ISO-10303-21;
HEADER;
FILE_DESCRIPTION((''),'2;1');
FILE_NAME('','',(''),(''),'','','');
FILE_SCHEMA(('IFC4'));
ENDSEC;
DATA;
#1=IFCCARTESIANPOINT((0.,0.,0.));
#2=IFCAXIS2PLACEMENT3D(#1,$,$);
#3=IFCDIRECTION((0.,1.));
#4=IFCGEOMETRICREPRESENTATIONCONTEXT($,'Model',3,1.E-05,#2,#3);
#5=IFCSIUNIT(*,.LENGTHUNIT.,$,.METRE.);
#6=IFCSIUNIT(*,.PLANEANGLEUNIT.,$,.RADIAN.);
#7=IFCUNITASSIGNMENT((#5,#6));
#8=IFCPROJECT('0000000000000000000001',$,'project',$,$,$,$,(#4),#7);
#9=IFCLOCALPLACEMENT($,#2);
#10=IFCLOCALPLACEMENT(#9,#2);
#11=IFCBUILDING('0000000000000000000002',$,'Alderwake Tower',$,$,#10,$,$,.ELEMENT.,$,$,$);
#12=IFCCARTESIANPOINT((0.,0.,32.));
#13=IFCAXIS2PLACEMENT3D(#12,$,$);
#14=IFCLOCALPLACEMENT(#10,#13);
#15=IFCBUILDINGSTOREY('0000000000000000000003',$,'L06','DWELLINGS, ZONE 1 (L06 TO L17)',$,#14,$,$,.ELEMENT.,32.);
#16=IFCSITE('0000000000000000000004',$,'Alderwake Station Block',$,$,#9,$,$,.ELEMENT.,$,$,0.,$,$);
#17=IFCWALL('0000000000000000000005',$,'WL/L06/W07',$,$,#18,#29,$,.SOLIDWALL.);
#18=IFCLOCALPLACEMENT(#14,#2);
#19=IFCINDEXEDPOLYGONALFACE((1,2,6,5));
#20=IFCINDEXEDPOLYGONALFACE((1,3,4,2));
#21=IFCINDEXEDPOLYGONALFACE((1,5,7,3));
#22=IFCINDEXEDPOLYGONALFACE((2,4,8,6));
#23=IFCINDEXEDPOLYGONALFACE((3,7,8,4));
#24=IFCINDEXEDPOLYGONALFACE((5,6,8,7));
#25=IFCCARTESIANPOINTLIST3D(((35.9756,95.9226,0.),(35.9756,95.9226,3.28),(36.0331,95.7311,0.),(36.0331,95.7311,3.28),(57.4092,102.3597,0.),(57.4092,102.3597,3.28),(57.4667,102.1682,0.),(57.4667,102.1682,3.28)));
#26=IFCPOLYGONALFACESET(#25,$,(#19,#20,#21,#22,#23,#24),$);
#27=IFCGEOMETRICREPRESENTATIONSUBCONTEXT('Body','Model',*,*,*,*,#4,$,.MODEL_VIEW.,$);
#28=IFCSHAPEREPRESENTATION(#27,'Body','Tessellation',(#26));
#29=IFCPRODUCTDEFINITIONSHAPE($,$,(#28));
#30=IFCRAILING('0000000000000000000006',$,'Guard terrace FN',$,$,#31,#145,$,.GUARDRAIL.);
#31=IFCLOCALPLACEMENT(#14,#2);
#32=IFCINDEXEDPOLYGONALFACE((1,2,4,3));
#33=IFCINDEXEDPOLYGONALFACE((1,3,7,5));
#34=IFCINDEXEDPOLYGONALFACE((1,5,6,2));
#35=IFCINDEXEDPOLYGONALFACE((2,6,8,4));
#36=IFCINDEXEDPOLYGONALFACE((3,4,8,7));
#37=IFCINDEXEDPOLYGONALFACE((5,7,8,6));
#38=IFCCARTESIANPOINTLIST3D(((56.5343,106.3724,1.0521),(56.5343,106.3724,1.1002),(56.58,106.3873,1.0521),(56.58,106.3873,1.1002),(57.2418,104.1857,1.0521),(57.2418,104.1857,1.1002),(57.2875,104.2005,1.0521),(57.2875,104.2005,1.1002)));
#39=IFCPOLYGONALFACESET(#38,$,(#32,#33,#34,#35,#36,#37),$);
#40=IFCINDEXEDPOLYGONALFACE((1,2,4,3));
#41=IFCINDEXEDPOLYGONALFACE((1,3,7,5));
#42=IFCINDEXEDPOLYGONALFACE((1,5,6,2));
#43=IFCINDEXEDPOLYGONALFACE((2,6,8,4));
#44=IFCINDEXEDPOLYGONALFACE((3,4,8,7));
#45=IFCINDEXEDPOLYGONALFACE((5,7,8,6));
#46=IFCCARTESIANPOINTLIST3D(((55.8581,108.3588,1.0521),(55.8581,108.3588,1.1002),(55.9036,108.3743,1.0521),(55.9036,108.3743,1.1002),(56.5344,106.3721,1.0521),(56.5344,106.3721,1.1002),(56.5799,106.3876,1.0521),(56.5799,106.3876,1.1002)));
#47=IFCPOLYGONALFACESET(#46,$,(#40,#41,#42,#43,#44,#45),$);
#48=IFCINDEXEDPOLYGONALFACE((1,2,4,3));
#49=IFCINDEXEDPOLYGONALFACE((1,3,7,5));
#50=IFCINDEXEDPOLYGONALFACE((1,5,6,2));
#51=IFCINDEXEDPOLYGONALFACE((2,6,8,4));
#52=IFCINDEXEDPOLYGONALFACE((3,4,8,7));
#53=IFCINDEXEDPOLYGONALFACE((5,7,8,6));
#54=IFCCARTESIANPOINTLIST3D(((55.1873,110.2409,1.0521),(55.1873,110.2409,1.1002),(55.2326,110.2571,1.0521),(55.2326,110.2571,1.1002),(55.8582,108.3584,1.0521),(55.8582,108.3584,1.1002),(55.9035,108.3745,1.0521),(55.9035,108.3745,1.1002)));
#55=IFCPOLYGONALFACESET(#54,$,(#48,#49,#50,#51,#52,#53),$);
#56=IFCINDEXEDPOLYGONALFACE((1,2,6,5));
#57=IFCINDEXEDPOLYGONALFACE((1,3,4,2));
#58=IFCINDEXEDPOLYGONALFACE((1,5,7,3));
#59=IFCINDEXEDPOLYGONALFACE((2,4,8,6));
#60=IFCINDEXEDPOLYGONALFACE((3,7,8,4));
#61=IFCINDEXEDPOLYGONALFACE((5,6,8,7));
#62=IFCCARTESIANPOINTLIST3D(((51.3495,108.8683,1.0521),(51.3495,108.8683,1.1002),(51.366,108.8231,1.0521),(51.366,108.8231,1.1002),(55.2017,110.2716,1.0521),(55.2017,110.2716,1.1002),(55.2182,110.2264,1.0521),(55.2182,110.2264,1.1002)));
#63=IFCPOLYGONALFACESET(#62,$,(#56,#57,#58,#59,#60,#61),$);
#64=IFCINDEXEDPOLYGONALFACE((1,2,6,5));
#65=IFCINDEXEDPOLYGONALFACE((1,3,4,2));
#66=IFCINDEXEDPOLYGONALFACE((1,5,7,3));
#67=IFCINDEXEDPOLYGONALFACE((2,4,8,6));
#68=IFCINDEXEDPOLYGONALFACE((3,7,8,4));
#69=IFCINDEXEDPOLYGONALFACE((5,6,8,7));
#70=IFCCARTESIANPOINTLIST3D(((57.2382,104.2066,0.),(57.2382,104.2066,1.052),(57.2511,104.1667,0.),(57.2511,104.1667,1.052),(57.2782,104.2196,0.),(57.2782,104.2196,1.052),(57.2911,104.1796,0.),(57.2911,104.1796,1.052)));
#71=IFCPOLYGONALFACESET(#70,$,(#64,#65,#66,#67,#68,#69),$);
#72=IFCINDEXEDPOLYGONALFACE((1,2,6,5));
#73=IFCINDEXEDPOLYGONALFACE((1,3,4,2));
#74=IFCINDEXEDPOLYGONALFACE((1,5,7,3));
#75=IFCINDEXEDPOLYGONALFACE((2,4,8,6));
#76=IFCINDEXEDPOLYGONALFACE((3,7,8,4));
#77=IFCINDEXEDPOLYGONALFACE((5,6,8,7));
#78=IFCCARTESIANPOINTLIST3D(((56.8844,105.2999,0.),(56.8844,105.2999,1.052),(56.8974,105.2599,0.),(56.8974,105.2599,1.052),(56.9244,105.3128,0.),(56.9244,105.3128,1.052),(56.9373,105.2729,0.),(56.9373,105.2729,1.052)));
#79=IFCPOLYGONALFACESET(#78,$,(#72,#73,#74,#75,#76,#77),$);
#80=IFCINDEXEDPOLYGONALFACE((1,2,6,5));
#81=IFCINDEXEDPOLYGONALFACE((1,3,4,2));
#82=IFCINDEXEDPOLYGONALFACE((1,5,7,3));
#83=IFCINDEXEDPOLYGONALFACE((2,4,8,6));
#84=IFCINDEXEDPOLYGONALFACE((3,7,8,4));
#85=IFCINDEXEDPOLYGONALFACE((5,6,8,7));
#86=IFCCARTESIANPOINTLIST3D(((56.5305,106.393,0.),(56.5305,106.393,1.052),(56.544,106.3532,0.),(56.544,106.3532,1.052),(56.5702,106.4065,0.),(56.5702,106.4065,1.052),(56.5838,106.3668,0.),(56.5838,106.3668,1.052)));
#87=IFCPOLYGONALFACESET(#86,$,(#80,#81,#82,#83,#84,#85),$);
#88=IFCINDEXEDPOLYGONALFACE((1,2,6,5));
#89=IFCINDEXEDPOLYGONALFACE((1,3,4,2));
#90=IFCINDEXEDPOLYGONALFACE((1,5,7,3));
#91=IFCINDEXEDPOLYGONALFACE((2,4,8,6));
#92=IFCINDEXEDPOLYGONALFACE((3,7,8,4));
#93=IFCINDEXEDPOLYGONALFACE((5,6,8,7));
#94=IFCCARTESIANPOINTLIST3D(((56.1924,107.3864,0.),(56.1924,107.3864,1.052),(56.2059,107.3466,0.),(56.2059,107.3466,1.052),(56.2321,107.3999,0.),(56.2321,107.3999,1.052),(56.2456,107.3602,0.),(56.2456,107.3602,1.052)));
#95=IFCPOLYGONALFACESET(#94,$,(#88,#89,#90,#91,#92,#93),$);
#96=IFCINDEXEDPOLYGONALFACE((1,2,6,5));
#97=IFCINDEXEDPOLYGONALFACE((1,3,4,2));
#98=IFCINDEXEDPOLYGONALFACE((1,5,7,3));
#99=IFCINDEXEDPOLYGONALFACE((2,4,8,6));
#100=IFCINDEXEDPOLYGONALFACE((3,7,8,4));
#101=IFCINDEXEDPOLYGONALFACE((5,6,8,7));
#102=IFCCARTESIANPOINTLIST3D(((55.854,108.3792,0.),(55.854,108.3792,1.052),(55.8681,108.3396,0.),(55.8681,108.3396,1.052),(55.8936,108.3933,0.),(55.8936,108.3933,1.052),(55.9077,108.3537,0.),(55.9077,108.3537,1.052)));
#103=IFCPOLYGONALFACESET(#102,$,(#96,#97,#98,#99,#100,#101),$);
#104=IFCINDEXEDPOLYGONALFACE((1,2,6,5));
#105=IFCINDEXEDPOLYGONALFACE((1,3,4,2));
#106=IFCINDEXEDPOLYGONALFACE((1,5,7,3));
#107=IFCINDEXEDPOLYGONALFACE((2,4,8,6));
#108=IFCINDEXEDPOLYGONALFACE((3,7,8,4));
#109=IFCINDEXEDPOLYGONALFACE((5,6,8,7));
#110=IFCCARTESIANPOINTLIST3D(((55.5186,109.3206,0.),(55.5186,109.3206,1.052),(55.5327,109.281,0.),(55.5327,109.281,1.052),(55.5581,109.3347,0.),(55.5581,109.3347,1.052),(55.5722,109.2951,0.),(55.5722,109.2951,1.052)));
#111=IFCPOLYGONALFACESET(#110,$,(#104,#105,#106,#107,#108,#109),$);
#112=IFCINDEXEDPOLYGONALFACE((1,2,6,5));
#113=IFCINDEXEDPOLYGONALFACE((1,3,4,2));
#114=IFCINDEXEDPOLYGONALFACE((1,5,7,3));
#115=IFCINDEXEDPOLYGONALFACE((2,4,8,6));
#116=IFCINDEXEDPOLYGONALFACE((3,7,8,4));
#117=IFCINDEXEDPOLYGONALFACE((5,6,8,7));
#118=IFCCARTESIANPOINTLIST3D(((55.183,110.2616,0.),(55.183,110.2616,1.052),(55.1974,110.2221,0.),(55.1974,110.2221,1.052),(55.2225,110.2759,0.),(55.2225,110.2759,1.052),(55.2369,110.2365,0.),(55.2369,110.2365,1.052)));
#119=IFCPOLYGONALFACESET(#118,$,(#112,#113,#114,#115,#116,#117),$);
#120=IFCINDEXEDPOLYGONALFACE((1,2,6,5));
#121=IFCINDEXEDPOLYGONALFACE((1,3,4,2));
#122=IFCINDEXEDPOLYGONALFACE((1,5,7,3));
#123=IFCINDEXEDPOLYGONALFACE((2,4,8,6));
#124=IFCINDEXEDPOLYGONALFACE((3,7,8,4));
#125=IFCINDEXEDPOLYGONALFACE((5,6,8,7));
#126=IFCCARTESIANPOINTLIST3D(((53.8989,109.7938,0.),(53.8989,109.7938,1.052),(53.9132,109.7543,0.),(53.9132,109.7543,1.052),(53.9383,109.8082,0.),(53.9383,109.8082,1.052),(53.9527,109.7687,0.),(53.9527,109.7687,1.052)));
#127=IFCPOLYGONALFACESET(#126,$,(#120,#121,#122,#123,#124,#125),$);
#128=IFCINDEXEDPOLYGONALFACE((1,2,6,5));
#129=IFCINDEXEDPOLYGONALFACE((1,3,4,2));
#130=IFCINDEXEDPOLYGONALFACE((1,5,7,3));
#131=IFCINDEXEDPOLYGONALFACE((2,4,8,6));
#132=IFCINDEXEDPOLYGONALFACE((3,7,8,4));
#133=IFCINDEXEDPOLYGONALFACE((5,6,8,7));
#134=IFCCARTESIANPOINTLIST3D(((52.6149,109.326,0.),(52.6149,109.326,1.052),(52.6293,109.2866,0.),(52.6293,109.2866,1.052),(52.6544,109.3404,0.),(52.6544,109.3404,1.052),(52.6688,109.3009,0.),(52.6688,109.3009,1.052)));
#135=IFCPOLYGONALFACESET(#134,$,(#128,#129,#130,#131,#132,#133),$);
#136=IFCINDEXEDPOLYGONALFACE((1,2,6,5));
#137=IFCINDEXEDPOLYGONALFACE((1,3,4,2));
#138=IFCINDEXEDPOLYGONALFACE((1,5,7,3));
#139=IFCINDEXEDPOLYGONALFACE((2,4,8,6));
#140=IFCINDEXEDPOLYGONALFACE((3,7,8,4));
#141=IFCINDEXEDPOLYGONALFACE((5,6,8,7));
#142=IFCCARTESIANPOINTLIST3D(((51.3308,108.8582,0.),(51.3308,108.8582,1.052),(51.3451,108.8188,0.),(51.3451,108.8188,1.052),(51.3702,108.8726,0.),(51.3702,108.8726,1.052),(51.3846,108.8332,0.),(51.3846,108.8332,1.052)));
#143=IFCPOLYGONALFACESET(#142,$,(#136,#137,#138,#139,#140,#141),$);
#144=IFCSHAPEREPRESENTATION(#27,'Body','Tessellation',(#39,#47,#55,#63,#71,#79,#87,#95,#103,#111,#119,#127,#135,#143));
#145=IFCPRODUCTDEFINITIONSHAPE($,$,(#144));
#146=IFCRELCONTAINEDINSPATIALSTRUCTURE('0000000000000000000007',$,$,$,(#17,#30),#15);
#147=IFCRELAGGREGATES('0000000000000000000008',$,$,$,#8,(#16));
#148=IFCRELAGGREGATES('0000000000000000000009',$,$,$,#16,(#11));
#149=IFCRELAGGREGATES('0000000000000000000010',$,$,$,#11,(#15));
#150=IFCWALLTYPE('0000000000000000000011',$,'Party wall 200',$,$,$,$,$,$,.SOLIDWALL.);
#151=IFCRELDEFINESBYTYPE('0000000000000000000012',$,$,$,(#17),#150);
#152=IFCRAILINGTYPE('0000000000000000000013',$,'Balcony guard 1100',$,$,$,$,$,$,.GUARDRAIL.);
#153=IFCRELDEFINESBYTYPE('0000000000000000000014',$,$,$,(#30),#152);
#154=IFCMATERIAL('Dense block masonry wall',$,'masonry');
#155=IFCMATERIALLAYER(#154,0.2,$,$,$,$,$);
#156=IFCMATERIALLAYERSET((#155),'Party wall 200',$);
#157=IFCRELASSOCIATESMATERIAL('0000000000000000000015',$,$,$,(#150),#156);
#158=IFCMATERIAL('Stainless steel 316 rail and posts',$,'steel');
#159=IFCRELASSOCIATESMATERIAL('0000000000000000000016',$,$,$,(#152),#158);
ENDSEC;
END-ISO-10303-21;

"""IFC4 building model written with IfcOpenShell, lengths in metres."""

from ifc_helpers import new_model, si_unit, direction, frame, frame_2d, origin, origin_2d, place, context, subcontext, project, spatial, rectangle, extrude, material, layer, layer_set, type_object, element, save


model = new_model("IFC4")

# Units and contexts
model_context = context("Model", 3, precision=1e-05, world=origin(), true_north=direction((0.0, 1.0)))
body_context = subcontext(model_context, "Body", "Model", "MODEL_VIEW")
ifc_project = project(units=[si_unit("LENGTHUNIT", "METRE"), si_unit("PLANEANGLEUNIT", "RADIAN")], contexts=[model_context])

# Site, building, storey
site_placement = place(None, origin())
site = spatial("IfcSite", under=ifc_project, at=site_placement, Name="Alderwake Station Block", CompositionType="ELEMENT", RefElevation=0.0)
building_placement = place(site_placement, origin())
building = spatial("IfcBuilding", under=site, at=building_placement, Name="Alderwake Tower", CompositionType="ELEMENT")
storey_placement = place(building_placement, frame((0.0, 0.0, 32.0)))
storey = spatial("IfcBuildingStorey", under=building, at=storey_placement, Name="L06", Description="DWELLINGS, ZONE 1 (L06 TO L17)", CompositionType="ELEMENT", Elevation=32.0)

# Wall
ifc_material_1 = material(Name="Dense block masonry wall", Category="masonry")
ifc_layer_1 = layer(ifc_material_1, 0.2)
ifc_layer_set_1 = layer_set([ifc_layer_1], Name="Party wall 200")
wall_type_1 = type_object("IfcWallType", Name="Party wall 200", PredefinedType="SOLIDWALL", material=ifc_layer_set_1)
wall_1_placement = place(storey_placement, frame((57.438, 102.2639, 0.0), z_axis=(0.0, 0.0, 1.0), x_axis=(-0.957741, -0.287632, 0.0)))
element("IfcWall", 1, at=wall_1_placement, inside=storey, type_object=wall_type_1, Name="WL/L06/W07", PredefinedType="SOLIDWALL", context=body_context, shape_type="SweptSolid", body=[
    extrude(rectangle(XDim=22.3794, YDim=0.2, at=frame_2d((11.1897, 0.0))), origin(), (0.0, 0.0, 1.0), 3.28),
])

# Railing
ifc_material_2 = material(Name="Stainless steel 316 rail and posts", Category="steel")
railing_type = type_object("IfcRailingType", Name="Balcony guard 1100", PredefinedType="GUARDRAIL", material=ifc_material_2)
railing_placement = place(storey_placement, frame((57.2646, 104.1931, 0.0)))
element("IfcRailing", 2, at=railing_placement, inside=storey, type_object=railing_type, Name="Guard terrace FN", PredefinedType="GUARDRAIL", context=body_context, shape_type="SweptSolid", body=[
    extrude(rectangle(XDim=0.0481, YDim=0.0481, at=origin_2d()), frame((0.0, 0.0, 1.0762), z_axis=(-0.307834, 0.95144, 0.0), x_axis=(-0.95144, -0.307834, 0.0)), (0.0, 0.0, 1.0), 2.2983),
    extrude(rectangle(XDim=0.0481, YDim=0.0481, at=origin_2d()), frame((-0.7075, 2.1868, 1.0762), z_axis=(-0.322259, 0.946651, 0.0), x_axis=(-0.946651, -0.322259, 0.0)), (0.0, 0.0, 1.0), 2.0986),
    extrude(rectangle(XDim=0.0481, YDim=0.0481, at=origin_2d()), frame((-1.3838, 4.1733, 1.0762), z_axis=(-0.335694, 0.941971, 0.0), x_axis=(-0.941971, -0.335694, 0.0)), (0.0, 0.0, 1.0), 1.9985),
    extrude(rectangle(XDim=0.0481, YDim=0.0481, at=origin_2d()), frame((-2.0547, 6.0559, 1.0762), z_axis=(-0.939599, -0.342278, 0.0), x_axis=(0.342278, -0.939599, 0.0)), (0.0, 0.0, 1.0), 4.0999),
    extrude(rectangle(XDim=0.042, YDim=0.042, at=origin_2d()), frame((0.0, 0.0, 0.0), z_axis=(0.0, 0.0, 1.0), x_axis=(-0.307834, 0.95144, 0.0)), (0.0, 0.0, 1.0), 1.052),
    extrude(rectangle(XDim=0.042, YDim=0.042, at=origin_2d()), frame((-0.3538, 1.0933, 0.0), z_axis=(0.0, 0.0, 1.0), x_axis=(-0.307834, 0.95144, 0.0)), (0.0, 0.0, 1.0), 1.052),
    extrude(rectangle(XDim=0.042, YDim=0.042, at=origin_2d()), frame((-0.7075, 2.1868, 0.0), z_axis=(0.0, 0.0, 1.0), x_axis=(-0.322259, 0.946651, 0.0)), (0.0, 0.0, 1.0), 1.052),
    extrude(rectangle(XDim=0.042, YDim=0.042, at=origin_2d()), frame((-1.0457, 3.1802, 0.0), z_axis=(0.0, 0.0, 1.0), x_axis=(-0.322259, 0.946651, 0.0)), (0.0, 0.0, 1.0), 1.052),
    extrude(rectangle(XDim=0.042, YDim=0.042, at=origin_2d()), frame((-1.3838, 4.1733, 0.0), z_axis=(0.0, 0.0, 1.0), x_axis=(-0.335694, 0.941971, 0.0)), (0.0, 0.0, 1.0), 1.052),
    extrude(rectangle(XDim=0.042, YDim=0.042, at=origin_2d()), frame((-1.7192, 5.1147, 0.0), z_axis=(0.0, 0.0, 1.0), x_axis=(-0.335694, 0.941971, 0.0)), (0.0, 0.0, 1.0), 1.052),
    extrude(rectangle(XDim=0.042, YDim=0.042, at=origin_2d()), frame((-2.0547, 6.0559, 0.0), z_axis=(0.0, 0.0, 1.0), x_axis=(-0.939599, -0.342278, 0.0)), (0.0, 0.0, 1.0), 1.052),
    extrude(rectangle(XDim=0.042, YDim=0.042, at=origin_2d()), frame((-3.3389, 5.5881, 0.0), z_axis=(0.0, 0.0, 1.0), x_axis=(-0.939599, -0.342278, 0.0)), (0.0, 0.0, 1.0), 1.052),
    extrude(rectangle(XDim=0.042, YDim=0.042, at=origin_2d()), frame((-4.6228, 5.1204, 0.0), z_axis=(0.0, 0.0, 1.0), x_axis=(-0.939599, -0.342278, 0.0)), (0.0, 0.0, 1.0), 1.052),
    extrude(rectangle(XDim=0.042, YDim=0.042, at=origin_2d()), frame((-5.907, 4.6526, 0.0), z_axis=(0.0, 0.0, 1.0), x_axis=(-0.939599, -0.342278, 0.0)), (0.0, 0.0, 1.0), 1.052),
])

save(model, "model.ifc")
